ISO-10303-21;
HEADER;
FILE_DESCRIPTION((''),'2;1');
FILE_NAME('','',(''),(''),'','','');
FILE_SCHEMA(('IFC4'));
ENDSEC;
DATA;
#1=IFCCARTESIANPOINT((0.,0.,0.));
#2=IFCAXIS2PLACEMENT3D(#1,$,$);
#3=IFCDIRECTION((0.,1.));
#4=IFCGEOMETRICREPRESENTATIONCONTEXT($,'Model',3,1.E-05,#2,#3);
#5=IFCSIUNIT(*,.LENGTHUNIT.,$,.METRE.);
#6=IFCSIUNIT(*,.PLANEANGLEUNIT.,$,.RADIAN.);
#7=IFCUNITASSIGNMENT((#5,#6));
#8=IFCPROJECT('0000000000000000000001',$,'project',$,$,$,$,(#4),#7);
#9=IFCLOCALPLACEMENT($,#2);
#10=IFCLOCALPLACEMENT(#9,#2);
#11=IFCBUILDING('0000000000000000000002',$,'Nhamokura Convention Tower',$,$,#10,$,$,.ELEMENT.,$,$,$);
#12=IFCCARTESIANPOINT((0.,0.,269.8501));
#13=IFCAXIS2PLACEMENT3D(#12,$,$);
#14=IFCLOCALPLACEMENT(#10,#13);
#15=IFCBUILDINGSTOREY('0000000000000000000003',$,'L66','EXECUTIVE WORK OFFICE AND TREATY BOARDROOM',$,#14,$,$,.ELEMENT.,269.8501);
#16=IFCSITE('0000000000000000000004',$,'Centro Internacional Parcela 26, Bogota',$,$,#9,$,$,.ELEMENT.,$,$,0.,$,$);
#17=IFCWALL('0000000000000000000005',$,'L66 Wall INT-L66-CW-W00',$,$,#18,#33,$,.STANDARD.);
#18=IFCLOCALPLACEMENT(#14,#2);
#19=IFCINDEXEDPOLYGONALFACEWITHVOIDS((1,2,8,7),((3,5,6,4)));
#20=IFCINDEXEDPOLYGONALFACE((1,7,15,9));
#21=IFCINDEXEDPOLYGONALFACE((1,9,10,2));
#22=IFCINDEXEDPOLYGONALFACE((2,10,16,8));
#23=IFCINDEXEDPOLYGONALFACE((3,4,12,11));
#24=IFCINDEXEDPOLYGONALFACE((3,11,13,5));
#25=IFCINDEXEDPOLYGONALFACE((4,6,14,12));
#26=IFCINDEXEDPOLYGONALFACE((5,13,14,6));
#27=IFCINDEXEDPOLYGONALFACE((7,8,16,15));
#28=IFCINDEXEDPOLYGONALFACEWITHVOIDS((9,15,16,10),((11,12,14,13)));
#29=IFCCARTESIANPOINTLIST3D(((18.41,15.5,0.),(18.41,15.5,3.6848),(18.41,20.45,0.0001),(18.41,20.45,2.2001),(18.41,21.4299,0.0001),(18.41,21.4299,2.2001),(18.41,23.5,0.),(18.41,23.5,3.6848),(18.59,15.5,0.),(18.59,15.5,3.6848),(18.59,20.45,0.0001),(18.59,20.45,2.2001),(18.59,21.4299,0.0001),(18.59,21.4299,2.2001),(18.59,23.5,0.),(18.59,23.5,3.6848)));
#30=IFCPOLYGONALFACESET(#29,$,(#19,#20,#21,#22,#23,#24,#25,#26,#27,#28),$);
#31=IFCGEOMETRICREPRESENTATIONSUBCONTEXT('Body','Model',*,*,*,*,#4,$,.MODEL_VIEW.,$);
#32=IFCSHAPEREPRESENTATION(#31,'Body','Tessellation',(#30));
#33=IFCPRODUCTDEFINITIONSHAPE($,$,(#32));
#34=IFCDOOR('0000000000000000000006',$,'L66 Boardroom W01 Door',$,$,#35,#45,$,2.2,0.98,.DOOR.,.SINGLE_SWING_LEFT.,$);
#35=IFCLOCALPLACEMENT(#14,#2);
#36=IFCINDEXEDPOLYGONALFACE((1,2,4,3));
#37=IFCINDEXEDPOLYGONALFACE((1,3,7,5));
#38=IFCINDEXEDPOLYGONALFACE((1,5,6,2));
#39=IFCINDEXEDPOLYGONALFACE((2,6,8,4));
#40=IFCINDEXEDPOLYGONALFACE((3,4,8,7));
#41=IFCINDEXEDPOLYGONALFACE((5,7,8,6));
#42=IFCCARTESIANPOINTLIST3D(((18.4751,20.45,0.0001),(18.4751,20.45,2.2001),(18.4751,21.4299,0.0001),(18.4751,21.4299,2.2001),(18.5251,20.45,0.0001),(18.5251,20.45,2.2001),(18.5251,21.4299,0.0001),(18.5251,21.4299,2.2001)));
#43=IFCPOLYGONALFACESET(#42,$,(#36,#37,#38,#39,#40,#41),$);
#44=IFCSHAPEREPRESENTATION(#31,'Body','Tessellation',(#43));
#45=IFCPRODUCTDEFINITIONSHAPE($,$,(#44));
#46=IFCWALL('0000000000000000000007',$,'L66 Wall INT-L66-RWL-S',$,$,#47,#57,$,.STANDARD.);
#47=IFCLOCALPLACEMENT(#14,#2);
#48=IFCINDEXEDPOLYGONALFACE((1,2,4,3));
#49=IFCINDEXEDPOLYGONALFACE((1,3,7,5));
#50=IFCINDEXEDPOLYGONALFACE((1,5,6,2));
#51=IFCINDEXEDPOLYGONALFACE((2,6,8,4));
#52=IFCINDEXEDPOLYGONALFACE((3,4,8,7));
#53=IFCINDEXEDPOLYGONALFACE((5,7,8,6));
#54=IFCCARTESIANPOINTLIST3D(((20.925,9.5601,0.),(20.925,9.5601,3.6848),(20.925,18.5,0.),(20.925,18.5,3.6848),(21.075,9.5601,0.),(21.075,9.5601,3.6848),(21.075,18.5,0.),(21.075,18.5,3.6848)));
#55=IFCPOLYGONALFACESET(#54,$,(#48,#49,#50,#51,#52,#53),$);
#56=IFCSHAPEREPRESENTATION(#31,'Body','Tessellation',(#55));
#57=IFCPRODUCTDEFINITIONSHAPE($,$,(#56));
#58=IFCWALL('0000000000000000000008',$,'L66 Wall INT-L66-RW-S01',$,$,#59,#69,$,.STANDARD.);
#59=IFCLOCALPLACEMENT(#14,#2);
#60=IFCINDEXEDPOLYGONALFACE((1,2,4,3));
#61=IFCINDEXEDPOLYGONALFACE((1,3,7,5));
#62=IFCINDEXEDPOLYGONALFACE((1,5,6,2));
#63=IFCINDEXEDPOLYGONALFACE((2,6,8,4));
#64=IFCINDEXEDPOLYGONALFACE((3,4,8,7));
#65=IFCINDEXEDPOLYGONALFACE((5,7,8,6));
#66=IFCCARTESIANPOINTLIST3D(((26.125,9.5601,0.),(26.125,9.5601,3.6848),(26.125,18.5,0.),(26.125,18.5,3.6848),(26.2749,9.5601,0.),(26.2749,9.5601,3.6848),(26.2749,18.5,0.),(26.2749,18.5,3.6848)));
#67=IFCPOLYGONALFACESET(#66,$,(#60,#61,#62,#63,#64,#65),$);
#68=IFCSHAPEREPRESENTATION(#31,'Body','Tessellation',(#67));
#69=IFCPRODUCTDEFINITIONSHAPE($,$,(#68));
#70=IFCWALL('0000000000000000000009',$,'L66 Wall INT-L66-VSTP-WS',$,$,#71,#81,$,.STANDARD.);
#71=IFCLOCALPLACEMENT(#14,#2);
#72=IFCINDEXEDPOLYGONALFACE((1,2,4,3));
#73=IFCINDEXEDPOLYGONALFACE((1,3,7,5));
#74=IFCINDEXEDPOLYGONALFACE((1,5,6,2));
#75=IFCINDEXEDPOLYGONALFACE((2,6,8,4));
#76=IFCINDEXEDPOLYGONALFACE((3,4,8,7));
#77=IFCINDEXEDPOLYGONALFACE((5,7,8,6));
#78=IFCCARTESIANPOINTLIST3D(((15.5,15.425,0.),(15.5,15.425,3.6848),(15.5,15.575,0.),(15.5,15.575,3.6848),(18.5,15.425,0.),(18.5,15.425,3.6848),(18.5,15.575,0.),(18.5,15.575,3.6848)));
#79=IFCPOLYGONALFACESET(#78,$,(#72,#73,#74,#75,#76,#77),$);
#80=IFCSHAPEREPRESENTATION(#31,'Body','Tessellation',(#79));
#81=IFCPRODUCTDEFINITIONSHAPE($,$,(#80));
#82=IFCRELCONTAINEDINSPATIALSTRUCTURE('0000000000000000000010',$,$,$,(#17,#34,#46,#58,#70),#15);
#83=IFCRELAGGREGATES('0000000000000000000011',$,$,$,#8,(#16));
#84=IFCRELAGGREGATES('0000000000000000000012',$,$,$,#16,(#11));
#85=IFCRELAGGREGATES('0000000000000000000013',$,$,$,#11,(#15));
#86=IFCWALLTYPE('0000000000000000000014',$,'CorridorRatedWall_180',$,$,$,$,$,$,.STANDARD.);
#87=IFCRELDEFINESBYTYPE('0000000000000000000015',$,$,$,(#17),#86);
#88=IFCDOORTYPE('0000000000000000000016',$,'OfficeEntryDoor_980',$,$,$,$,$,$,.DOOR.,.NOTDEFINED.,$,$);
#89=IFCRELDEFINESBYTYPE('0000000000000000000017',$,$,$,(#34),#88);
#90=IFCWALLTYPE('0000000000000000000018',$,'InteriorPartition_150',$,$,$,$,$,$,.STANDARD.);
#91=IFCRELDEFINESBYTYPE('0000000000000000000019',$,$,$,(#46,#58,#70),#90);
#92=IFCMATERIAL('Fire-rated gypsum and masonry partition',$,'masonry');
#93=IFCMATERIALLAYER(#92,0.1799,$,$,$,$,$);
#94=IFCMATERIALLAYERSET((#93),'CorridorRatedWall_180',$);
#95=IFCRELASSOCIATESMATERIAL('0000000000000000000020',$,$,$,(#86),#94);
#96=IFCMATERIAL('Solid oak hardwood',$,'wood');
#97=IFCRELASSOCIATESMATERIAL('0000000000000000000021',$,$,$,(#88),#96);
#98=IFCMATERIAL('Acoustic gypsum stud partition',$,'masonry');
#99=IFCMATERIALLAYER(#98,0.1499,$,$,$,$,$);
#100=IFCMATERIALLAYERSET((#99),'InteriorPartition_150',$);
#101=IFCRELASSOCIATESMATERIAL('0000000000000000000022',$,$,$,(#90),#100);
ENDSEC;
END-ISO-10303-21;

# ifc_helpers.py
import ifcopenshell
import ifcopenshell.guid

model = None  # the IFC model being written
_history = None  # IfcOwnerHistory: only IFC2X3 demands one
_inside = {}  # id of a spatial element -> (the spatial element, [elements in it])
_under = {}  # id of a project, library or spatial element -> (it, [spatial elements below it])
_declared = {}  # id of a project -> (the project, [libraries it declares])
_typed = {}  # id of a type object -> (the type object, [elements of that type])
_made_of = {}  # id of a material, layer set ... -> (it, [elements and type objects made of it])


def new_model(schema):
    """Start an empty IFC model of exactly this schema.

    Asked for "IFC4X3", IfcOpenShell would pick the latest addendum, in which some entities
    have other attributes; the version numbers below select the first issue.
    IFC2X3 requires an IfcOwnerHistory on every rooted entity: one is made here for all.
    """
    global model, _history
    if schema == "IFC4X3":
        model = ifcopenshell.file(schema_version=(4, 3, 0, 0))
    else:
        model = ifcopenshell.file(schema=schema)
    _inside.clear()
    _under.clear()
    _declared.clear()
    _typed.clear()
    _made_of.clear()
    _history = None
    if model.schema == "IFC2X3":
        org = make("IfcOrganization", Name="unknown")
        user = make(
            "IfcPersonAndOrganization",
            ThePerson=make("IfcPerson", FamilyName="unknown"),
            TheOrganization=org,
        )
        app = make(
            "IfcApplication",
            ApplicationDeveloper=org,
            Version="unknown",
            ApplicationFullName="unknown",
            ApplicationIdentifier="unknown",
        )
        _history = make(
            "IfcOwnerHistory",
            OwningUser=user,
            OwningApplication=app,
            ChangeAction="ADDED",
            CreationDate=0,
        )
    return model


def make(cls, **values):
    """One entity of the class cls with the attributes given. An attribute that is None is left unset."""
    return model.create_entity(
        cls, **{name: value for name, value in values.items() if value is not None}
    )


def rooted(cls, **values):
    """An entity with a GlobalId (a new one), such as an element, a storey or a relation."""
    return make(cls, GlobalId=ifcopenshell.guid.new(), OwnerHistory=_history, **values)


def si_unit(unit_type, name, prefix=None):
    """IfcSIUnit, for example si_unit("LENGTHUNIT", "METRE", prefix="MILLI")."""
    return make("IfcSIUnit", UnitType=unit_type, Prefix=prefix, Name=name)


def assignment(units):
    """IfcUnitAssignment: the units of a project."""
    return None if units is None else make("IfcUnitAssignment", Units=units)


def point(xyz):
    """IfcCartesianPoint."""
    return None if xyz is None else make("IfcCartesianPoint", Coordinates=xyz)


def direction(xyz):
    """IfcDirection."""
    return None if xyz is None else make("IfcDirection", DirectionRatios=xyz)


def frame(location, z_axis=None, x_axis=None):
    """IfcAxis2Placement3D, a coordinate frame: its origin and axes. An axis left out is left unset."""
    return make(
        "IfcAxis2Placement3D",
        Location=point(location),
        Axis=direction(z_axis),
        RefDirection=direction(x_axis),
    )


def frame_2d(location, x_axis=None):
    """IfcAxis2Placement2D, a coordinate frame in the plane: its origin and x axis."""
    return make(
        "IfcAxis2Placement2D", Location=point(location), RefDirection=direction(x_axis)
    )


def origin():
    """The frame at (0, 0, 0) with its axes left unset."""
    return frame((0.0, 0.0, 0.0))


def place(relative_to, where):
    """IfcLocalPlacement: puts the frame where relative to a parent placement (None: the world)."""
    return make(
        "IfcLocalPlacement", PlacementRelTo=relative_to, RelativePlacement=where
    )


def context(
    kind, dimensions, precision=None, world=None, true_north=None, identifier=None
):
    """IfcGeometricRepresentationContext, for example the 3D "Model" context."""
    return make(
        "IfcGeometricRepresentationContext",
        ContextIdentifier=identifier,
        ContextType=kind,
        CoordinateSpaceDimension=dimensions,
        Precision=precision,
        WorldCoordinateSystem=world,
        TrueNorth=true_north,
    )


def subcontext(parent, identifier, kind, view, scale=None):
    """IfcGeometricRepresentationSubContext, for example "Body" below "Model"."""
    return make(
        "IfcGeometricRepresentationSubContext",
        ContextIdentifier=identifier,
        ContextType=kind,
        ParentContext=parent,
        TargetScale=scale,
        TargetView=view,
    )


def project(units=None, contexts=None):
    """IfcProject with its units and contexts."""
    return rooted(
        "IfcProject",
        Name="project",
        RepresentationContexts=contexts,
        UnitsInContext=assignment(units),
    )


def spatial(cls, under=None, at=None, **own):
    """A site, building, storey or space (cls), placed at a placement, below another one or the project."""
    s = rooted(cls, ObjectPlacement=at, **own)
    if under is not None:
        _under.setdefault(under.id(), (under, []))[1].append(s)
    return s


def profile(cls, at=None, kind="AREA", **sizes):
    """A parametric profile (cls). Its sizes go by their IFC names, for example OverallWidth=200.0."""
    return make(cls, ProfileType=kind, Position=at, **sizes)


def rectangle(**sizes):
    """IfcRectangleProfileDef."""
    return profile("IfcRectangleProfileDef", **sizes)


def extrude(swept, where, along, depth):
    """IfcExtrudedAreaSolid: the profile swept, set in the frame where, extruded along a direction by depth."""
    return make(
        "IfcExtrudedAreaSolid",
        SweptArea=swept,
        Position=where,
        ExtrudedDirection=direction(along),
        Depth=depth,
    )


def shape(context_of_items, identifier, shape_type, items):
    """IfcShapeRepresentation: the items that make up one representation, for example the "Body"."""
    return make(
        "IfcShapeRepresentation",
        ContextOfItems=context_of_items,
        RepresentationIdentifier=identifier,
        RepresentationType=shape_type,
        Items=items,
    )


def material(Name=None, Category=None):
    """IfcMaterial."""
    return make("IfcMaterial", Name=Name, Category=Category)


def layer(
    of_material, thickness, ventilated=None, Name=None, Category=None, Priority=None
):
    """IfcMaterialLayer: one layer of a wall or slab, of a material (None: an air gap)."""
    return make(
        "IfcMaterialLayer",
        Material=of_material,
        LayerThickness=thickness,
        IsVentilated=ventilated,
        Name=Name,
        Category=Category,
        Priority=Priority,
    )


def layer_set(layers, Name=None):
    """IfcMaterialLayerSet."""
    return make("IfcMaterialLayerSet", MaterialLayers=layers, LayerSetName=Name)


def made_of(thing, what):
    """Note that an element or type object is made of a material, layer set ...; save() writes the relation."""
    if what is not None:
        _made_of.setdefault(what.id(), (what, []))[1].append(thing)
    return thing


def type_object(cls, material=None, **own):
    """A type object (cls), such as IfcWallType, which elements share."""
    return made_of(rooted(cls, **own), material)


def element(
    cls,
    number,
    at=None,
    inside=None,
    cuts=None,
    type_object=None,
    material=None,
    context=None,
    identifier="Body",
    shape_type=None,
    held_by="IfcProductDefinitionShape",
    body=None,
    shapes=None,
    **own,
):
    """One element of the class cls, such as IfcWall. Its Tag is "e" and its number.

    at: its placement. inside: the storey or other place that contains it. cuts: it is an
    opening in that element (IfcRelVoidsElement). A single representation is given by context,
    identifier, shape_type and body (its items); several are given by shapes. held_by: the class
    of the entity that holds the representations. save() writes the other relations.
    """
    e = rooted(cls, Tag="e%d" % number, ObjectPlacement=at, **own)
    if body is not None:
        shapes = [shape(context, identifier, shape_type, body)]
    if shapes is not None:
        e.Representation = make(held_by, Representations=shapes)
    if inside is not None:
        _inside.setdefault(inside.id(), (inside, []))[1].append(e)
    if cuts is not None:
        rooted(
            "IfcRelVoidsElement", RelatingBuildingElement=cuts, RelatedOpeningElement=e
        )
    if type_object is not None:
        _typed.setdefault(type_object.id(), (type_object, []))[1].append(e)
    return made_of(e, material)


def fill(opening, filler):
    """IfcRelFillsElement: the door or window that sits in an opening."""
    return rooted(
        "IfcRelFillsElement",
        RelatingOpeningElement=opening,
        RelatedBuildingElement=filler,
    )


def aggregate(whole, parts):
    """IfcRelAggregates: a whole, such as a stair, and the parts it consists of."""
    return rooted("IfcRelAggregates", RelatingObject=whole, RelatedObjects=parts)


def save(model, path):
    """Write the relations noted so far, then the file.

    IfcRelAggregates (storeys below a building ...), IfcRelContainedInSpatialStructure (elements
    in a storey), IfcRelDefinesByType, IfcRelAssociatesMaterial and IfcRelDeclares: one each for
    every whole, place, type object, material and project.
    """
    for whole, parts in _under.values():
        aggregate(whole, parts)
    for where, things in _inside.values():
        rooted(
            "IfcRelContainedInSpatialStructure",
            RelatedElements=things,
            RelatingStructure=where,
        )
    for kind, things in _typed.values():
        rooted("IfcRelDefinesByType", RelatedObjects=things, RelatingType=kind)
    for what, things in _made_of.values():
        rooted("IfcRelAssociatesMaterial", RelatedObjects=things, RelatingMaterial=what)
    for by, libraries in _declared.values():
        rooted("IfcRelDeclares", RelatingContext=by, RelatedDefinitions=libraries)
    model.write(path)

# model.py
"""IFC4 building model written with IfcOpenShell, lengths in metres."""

from ifc_helpers import new_model, si_unit, direction, frame, frame_2d, origin, place, context, subcontext, project, spatial, rectangle, extrude, material, layer, layer_set, type_object, element, fill, save


model = new_model("IFC4")

# Units and contexts
model_context = context("Model", 3, precision=1e-05, world=origin(), true_north=direction((0.0, 1.0)))
body_context = subcontext(model_context, "Body", "Model", "MODEL_VIEW")
ifc_project = project(units=[si_unit("LENGTHUNIT", "METRE"), si_unit("PLANEANGLEUNIT", "RADIAN")], contexts=[model_context])

# Site, building, storey
site_placement = place(None, origin())
site = spatial("IfcSite", under=ifc_project, at=site_placement, Name="Centro Internacional Parcela 26, Bogota", CompositionType="ELEMENT", RefElevation=0.0)
building_placement = place(site_placement, origin())
building = spatial("IfcBuilding", under=site, at=building_placement, Name="Nhamokura Convention Tower", CompositionType="ELEMENT")
storey_placement = place(building_placement, frame((0.0, 0.0, 269.8501)))
storey = spatial("IfcBuildingStorey", under=building, at=storey_placement, Name="L66", Description="EXECUTIVE WORK OFFICE AND TREATY BOARDROOM", CompositionType="ELEMENT", Elevation=269.8501)

# Wall, opening, door
ifc_material_1 = material(Name="Fire-rated gypsum and masonry partition", Category="masonry")
ifc_layer_1 = layer(ifc_material_1, 0.1799)
ifc_layer_set_1 = layer_set([ifc_layer_1], Name="CorridorRatedWall_180")
wall_type_1 = type_object("IfcWallType", Name="CorridorRatedWall_180", PredefinedType="STANDARD", material=ifc_layer_set_1)
ifc_material_2 = material(Name="Solid oak hardwood", Category="wood")
door_type = type_object("IfcDoorType", Name="OfficeEntryDoor_980", OperationType="NOTDEFINED", PredefinedType="DOOR", material=ifc_material_2)
wall_1_placement = place(storey_placement, frame((18.5, 15.5, 0.0), z_axis=(0.0, 0.0, 1.0), x_axis=(0.0, 1.0, 0.0)))
wall_1 = element("IfcWall", 1, at=wall_1_placement, inside=storey, type_object=wall_type_1, Name="L66 Wall INT-L66-CW-W00", PredefinedType="STANDARD", context=body_context, shape_type="SweptSolid", body=[
    extrude(rectangle(XDim=8.0, YDim=0.1799, at=frame_2d((4.0, 0.0))), origin(), (0.0, 0.0, 1.0), 3.6848),
])
opening_1_placement = place(wall_1_placement, frame((4.95, 0.0, 0.0)))
opening_1 = element("IfcOpeningElement", 2, at=opening_1_placement, cuts=wall_1, PredefinedType="OPENING", context=body_context, shape_type="SweptSolid", body=[
    extrude(rectangle(XDim=0.98, YDim=2.2, at=frame_2d((0.49, 1.1001))), frame((0.0, 0.0999, 0.0), z_axis=(0.0, -1.0, 0.0), x_axis=(1.0, 0.0, 0.0)), (0.0, 0.0, 1.0), 0.2),
])
door_1_placement = place(opening_1_placement, origin())
door_1 = element("IfcDoor", 3, at=door_1_placement, inside=storey, type_object=door_type, Name="L66 Boardroom W01 Door", OperationType="SINGLE_SWING_LEFT", OverallHeight=2.2, OverallWidth=0.98, PredefinedType="DOOR", context=body_context, shape_type="SweptSolid", body=[
    extrude(rectangle(XDim=0.98, YDim=2.2, at=frame_2d((0.49, 1.1001))), frame((0.0, 0.0249, 0.0), z_axis=(0.0, -1.0, 0.0), x_axis=(1.0, 0.0, 0.0)), (0.0, 0.0, 1.0), 0.05),
])
fill(opening_1, door_1)

# Walls
ifc_material_3 = material(Name="Acoustic gypsum stud partition", Category="masonry")
ifc_layer_2 = layer(ifc_material_3, 0.1499)
ifc_layer_set_2 = layer_set([ifc_layer_2], Name="InteriorPartition_150")
wall_type_2 = type_object("IfcWallType", Name="InteriorPartition_150", PredefinedType="STANDARD", material=ifc_layer_set_2)
for number, where, z_axis, x_axis, name in (
    (4, (21.0, 9.5601, 0.0), (0.0, 0.0, 1.0), (0.0, 1.0, 0.0), "L66 Wall INT-L66-RWL-S"),
    (5, (26.2, 9.5601, 0.0), (0.0, 0.0, 1.0), (0.0, 1.0, 0.0), "L66 Wall INT-L66-RW-S01"),
):
    element("IfcWall", number, at=place(storey_placement, frame(where, z_axis=z_axis, x_axis=x_axis)), inside=storey, type_object=wall_type_2, Name=name, PredefinedType="STANDARD", context=body_context, shape_type="SweptSolid", body=[
        extrude(rectangle(XDim=8.9399, YDim=0.1499, at=frame_2d((4.47, 0.0))), origin(), (0.0, 0.0, 1.0), 3.6848),
    ])
wall_2_placement = place(storey_placement, frame((15.5, 15.5, 0.0), z_axis=(0.0, 0.0, 1.0), x_axis=(1.0, 0.0, 0.0)))
element("IfcWall", 6, at=wall_2_placement, inside=storey, type_object=wall_type_2, Name="L66 Wall INT-L66-VSTP-WS", PredefinedType="STANDARD", context=body_context, shape_type="SweptSolid", body=[
    extrude(rectangle(XDim=3.0, YDim=0.1499, at=frame_2d((1.5, 0.0))), origin(), (0.0, 0.0, 1.0), 3.6848),
])

save(model, "model.ifc")
